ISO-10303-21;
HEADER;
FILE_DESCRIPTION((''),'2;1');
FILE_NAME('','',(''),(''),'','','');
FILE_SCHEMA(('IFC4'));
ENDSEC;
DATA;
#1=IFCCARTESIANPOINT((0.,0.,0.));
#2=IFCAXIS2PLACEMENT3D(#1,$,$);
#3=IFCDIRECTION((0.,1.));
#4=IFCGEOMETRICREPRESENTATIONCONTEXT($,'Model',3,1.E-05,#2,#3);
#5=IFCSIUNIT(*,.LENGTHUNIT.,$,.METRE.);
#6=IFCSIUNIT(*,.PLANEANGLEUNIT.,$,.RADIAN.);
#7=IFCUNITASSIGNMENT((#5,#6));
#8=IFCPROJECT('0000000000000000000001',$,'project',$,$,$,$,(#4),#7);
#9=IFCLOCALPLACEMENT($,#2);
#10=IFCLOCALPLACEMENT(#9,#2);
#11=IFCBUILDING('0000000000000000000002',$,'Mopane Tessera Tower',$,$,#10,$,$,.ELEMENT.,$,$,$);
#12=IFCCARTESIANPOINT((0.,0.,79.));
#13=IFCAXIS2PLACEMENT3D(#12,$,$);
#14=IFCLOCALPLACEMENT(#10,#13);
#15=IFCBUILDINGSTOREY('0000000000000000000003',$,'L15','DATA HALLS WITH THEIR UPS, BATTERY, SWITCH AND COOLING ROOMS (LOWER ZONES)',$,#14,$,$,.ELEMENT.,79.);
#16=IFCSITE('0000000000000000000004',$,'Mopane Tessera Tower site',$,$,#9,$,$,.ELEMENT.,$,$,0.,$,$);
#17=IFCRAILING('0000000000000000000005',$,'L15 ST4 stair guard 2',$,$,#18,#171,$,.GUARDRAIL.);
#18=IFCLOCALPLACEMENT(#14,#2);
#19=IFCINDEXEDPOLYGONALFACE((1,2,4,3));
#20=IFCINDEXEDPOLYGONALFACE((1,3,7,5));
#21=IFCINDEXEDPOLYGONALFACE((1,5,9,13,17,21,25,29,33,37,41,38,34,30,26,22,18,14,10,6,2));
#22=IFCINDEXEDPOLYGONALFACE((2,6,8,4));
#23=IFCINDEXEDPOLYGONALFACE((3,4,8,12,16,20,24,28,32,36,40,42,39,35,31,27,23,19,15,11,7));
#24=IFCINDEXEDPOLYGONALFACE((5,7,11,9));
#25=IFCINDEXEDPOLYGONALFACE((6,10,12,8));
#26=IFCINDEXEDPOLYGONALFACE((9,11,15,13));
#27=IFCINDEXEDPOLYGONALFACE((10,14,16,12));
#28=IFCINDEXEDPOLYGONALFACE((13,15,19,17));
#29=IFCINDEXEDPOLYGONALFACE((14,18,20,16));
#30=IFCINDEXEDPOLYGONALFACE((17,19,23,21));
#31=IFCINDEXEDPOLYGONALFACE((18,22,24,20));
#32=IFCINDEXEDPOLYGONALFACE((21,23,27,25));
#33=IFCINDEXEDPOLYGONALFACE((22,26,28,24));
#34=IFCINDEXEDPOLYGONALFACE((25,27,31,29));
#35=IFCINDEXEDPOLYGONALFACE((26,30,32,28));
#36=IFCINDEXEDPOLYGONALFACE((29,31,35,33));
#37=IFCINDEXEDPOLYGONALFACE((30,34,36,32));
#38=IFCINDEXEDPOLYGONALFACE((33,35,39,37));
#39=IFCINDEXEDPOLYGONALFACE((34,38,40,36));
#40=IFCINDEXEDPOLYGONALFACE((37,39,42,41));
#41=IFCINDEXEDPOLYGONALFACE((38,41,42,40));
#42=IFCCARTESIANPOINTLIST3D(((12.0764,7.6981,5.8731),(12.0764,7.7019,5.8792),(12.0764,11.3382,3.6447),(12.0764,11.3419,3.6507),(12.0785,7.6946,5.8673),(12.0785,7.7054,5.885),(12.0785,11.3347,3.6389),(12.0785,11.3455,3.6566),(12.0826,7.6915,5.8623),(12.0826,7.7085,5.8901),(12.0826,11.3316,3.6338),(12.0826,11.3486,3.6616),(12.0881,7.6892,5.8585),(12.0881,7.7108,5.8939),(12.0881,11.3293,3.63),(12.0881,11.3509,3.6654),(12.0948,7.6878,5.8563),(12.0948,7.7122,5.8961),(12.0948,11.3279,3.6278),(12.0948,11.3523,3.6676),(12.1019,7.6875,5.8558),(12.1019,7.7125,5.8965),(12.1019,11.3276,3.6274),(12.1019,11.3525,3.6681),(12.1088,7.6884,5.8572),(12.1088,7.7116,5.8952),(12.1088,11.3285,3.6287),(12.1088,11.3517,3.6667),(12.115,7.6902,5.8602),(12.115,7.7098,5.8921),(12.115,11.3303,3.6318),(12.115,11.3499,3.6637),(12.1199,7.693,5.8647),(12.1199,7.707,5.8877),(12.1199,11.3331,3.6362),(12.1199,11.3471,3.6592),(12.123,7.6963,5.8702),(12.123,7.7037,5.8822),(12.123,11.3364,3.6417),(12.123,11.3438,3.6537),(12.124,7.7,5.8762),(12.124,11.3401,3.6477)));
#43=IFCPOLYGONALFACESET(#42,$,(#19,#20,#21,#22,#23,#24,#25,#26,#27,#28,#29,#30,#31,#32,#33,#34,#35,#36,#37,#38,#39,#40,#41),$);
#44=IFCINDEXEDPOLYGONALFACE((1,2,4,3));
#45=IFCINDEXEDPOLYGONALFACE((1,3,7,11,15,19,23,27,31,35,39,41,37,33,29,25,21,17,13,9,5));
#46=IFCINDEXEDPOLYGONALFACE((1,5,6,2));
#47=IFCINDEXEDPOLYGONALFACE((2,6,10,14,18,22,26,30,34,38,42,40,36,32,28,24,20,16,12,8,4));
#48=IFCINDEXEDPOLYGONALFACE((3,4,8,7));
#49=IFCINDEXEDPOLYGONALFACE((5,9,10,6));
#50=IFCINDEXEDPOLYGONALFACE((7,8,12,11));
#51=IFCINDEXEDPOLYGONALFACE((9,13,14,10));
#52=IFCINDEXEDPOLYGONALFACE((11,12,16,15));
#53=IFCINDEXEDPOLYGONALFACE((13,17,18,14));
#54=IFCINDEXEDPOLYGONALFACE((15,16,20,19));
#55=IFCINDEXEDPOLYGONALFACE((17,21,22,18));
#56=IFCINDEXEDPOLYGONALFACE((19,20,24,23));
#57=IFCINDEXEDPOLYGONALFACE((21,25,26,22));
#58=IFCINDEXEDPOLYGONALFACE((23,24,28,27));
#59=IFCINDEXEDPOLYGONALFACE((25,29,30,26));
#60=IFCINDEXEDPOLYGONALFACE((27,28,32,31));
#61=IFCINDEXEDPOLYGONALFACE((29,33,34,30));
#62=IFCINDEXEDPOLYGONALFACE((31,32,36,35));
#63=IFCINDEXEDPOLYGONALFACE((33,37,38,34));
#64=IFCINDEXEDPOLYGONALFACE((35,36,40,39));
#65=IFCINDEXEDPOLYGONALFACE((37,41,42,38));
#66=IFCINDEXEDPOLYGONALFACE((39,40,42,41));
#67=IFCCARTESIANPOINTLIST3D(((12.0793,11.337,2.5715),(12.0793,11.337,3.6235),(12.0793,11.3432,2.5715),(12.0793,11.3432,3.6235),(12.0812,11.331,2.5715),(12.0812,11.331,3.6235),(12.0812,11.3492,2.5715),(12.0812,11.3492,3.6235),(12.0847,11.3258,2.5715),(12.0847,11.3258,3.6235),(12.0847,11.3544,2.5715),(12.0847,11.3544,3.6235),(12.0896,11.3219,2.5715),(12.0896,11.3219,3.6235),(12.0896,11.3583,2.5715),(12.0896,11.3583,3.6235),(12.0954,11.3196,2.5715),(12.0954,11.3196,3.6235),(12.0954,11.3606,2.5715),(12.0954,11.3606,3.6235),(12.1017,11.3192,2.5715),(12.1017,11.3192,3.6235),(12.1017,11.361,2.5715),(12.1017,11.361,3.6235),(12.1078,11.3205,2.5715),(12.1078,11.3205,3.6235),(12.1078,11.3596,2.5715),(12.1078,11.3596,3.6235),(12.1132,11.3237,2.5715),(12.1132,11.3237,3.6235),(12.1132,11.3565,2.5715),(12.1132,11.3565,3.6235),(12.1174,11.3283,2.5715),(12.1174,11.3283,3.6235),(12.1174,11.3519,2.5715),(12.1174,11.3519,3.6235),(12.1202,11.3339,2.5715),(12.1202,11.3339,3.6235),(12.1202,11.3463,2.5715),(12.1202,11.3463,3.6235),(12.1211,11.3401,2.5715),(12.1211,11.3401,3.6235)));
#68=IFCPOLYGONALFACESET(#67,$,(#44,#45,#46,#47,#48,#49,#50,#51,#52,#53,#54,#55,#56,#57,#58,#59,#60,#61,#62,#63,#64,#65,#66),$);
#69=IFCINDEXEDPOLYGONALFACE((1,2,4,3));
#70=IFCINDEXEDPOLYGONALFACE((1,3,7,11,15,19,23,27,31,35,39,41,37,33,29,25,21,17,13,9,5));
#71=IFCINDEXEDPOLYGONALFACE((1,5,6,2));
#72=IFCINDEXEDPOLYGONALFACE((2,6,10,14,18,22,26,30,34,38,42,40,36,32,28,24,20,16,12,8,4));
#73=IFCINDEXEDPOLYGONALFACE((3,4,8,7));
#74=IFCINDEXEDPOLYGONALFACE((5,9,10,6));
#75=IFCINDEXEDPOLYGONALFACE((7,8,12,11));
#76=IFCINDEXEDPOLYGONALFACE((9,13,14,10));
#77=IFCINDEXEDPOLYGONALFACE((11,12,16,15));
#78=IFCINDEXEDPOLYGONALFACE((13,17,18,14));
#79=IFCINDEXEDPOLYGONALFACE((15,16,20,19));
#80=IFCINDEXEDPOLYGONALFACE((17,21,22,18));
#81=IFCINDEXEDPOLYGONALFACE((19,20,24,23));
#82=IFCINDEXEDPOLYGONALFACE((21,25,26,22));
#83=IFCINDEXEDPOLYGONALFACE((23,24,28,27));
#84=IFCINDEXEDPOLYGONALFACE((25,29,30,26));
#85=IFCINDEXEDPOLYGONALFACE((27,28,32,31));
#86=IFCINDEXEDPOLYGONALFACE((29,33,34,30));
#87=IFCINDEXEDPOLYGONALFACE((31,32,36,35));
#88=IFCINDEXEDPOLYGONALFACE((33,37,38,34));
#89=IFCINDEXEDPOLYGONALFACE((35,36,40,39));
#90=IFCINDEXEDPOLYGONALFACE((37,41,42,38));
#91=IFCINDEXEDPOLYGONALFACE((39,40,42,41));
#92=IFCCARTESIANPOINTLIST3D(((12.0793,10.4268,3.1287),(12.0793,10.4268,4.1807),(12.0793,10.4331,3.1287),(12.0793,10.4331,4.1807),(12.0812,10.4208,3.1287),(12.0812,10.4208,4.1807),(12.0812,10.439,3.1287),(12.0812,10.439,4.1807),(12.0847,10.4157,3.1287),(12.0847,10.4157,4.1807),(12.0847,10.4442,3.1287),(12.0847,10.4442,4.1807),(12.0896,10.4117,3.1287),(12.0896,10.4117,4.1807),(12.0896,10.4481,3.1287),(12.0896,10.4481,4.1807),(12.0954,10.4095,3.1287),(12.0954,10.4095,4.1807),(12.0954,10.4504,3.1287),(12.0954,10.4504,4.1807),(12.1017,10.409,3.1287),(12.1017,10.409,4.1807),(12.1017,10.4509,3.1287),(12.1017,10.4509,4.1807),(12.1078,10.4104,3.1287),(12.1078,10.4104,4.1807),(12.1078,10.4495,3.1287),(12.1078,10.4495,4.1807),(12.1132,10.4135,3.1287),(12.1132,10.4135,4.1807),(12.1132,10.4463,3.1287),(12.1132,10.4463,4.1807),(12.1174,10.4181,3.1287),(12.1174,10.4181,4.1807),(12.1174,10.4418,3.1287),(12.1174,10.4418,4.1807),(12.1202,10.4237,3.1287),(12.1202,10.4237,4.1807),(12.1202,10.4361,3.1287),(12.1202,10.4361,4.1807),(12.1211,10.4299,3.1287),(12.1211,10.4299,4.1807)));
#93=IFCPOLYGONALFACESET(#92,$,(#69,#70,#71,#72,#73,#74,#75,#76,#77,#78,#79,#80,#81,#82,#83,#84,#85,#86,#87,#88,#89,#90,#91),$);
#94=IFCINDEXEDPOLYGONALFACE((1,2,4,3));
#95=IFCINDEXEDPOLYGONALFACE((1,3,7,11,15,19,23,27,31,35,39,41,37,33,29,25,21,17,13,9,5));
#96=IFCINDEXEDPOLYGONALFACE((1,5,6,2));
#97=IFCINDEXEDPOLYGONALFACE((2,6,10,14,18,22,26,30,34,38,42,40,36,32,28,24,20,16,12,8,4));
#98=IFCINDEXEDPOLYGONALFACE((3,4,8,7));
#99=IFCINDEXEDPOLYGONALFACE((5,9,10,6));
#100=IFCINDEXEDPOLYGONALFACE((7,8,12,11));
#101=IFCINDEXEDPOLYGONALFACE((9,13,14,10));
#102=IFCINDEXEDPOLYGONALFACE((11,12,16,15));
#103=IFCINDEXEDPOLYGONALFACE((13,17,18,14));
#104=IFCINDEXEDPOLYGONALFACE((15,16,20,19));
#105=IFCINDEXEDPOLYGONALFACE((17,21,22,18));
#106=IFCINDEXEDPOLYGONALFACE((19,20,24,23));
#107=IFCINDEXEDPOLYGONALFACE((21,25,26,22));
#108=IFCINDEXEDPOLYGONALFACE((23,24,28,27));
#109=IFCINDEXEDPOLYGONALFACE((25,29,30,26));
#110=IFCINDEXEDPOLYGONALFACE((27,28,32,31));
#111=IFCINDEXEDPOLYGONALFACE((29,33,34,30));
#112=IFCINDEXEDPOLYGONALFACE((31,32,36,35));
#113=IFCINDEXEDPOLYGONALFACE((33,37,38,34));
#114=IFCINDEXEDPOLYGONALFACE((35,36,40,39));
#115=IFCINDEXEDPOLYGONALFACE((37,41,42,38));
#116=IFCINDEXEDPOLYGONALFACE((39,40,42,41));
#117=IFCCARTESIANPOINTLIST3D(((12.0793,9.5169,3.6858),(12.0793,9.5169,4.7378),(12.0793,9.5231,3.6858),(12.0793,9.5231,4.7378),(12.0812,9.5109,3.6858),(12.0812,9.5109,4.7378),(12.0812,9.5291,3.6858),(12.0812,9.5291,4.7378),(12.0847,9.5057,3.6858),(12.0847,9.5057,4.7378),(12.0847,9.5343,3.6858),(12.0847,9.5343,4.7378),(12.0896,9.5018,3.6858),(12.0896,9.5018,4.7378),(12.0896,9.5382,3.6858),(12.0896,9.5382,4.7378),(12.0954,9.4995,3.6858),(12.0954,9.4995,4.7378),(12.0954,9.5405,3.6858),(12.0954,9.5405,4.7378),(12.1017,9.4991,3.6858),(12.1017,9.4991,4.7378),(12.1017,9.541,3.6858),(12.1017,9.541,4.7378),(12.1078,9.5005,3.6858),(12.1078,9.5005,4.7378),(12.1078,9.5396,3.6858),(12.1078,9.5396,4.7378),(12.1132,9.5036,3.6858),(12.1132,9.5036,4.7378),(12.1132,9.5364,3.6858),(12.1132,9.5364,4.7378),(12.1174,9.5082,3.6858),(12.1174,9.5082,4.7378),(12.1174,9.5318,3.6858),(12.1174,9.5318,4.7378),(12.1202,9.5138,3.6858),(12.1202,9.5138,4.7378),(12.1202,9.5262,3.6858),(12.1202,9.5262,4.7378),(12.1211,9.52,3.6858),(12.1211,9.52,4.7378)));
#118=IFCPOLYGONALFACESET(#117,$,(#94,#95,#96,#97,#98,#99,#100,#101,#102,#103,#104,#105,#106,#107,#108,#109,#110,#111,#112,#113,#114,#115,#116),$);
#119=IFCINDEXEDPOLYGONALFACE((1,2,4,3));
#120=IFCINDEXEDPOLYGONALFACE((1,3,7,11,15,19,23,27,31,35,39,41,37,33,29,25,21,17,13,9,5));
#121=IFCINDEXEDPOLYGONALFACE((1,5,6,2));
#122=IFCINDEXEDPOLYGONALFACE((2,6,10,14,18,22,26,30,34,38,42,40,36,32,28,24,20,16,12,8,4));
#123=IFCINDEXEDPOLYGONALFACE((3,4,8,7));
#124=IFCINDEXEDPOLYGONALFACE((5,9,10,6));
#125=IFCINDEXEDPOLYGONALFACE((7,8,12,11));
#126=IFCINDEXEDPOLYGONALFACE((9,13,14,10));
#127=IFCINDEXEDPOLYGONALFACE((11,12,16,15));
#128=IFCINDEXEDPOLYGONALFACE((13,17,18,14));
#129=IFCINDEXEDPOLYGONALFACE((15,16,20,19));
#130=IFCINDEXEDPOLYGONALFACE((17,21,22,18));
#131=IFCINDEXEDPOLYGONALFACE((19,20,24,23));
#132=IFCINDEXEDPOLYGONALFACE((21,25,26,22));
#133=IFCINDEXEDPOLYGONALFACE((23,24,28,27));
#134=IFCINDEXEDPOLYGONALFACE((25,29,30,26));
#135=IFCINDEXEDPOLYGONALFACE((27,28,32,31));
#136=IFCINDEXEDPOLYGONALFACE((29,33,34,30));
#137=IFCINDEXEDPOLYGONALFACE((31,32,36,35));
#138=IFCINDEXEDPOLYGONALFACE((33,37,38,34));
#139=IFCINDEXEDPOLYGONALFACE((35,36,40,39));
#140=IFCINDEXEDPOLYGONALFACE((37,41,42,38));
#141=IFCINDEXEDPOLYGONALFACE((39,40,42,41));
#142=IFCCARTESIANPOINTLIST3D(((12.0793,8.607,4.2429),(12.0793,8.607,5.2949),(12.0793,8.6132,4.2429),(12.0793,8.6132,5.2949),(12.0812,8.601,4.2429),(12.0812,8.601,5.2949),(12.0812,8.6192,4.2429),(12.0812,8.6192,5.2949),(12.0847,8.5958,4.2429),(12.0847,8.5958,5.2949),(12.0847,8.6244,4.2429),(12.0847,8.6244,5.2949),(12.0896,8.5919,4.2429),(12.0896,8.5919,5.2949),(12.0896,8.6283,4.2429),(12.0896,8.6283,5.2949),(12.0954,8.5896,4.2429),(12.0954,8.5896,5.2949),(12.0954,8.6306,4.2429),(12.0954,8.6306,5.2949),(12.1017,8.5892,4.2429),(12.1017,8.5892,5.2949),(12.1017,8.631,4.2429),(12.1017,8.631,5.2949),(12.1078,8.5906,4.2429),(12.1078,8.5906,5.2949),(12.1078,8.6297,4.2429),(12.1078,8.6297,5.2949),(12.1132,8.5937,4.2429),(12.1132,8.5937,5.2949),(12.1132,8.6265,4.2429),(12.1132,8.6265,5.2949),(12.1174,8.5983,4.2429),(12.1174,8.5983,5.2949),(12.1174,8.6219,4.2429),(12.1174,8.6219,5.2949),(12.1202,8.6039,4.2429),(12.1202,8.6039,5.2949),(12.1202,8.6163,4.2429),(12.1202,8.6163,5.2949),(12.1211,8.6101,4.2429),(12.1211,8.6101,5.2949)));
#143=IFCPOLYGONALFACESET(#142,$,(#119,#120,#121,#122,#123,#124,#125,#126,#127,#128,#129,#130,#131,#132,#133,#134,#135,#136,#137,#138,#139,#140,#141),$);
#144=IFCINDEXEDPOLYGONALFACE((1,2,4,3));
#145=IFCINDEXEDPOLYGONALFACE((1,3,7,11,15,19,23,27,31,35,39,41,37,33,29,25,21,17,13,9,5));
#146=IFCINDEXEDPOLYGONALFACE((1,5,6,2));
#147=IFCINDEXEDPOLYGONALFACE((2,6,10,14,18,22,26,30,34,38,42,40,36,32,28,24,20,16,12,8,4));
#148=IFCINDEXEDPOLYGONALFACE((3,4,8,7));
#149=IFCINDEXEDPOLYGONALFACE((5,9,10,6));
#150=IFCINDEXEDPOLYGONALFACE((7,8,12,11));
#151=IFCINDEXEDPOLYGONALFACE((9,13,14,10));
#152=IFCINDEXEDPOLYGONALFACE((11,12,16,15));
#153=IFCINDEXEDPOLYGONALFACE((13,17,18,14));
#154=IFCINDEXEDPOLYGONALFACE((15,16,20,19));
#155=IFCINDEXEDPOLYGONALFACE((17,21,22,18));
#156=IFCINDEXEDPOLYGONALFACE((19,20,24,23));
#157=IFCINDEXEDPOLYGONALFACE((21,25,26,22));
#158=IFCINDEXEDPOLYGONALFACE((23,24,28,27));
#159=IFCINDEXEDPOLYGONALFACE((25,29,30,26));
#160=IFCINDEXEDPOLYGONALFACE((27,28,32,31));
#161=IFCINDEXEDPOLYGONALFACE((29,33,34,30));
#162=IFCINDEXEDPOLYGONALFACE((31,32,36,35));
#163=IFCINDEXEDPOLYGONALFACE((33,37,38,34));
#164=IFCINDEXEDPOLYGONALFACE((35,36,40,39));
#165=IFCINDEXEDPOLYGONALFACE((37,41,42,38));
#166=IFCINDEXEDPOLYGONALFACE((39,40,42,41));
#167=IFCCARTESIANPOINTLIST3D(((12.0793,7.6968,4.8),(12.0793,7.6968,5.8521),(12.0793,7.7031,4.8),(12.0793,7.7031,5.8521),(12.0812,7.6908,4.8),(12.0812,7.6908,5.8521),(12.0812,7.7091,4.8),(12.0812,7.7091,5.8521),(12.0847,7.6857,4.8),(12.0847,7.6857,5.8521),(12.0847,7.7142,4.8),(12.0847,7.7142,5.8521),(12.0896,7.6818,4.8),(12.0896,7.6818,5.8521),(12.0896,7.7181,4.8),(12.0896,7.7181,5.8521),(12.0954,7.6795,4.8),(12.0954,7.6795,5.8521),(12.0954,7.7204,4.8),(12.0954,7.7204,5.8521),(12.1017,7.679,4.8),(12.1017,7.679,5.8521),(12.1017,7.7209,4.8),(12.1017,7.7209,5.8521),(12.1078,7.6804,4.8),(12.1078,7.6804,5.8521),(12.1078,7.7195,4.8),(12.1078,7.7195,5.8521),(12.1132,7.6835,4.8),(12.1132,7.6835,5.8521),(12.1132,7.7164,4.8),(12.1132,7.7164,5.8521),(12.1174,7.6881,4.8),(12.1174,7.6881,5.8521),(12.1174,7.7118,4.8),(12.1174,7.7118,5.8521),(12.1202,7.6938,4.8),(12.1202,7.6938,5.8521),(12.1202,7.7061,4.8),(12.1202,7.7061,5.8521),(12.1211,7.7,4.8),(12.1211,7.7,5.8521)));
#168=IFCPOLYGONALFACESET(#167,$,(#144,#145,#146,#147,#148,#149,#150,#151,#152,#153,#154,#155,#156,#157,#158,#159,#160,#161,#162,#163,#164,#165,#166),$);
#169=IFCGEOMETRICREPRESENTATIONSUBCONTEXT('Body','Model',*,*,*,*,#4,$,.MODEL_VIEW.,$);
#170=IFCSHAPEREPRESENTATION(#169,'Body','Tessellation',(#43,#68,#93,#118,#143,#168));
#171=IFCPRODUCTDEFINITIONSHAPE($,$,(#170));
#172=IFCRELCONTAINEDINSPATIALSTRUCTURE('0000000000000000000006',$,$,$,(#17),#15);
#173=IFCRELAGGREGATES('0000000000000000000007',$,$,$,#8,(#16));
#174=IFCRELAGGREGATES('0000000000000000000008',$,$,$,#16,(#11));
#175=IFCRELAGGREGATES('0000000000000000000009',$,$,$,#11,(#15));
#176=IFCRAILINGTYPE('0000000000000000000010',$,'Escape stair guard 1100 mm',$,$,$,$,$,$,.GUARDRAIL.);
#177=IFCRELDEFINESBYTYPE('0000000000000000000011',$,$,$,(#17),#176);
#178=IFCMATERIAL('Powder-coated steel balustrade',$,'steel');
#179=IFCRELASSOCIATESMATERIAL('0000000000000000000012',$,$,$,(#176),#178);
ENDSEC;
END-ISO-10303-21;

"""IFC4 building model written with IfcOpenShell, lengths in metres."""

from ifc_helpers import new_model, si_unit, direction, frame, origin, origin_2d, place, context, subcontext, project, spatial, circle, extrude, material, type_object, element, save


model = new_model("IFC4")

# Units and contexts
model_context = context("Model", 3, precision=1e-05, world=origin(), true_north=direction((0.0, 1.0)))
body_context = subcontext(model_context, "Body", "Model", "MODEL_VIEW")
ifc_project = project(units=[si_unit("LENGTHUNIT", "METRE"), si_unit("PLANEANGLEUNIT", "RADIAN")], contexts=[model_context])

# Site, building, storey
site_placement = place(None, origin())
site = spatial("IfcSite", under=ifc_project, at=site_placement, Name="Mopane Tessera Tower site", CompositionType="ELEMENT", RefElevation=0.0)
building_placement = place(site_placement, origin())
building = spatial("IfcBuilding", under=site, at=building_placement, Name="Mopane Tessera Tower", CompositionType="ELEMENT")
storey_placement = place(building_placement, frame((0.0, 0.0, 79.0)))
storey = spatial("IfcBuildingStorey", under=building, at=storey_placement, Name="L15", Description="DATA HALLS WITH THEIR UPS, BATTERY, SWITCH AND COOLING ROOMS (LOWER ZONES)", CompositionType="ELEMENT", Elevation=79.0)

# Railing
ifc_material_1 = material(Name="Powder-coated steel balustrade", Category="steel")
railing_type_1 = type_object("IfcRailingType", Name="Escape stair guard 1100 mm", PredefinedType="GUARDRAIL", material=ifc_material_1)
railing_1_placement = place(storey_placement, frame((12.1001, 11.3401, 2.5715)))
element("IfcRailing", 1, at=railing_1_placement, inside=storey, type_object=railing_type_1, Name="L15 ST4 stair guard 2", PredefinedType="GUARDRAIL", context=body_context, shape_type="SweptSolid", body=[
    extrude(circle(Radius=0.0239, at=origin_2d()), frame((0.0, 0.0, 1.0762), z_axis=(0.0, -0.852866, 0.52213), x_axis=(1.0, 0.0, 0.0)), (0.0, 0.0, 1.0), 4.2681),
    extrude(circle(Radius=0.021, at=origin_2d()), origin(), (0.0, 0.0, 1.0), 1.052),
    extrude(circle(Radius=0.021, at=origin_2d()), frame((0.0, -0.9102, 0.5571)), (0.0, 0.0, 1.0), 1.052),
    extrude(circle(Radius=0.021, at=origin_2d()), frame((0.0, -1.8201, 1.1143)), (0.0, 0.0, 1.0), 1.052),
    extrude(circle(Radius=0.021, at=origin_2d()), frame((0.0, -2.73, 1.6714)), (0.0, 0.0, 1.0), 1.052),
    extrude(circle(Radius=0.021, at=origin_2d()), frame((0.0, -3.6401, 2.2285)), (0.0, 0.0, 1.0), 1.052),
])

save(model, "model.ifc")
